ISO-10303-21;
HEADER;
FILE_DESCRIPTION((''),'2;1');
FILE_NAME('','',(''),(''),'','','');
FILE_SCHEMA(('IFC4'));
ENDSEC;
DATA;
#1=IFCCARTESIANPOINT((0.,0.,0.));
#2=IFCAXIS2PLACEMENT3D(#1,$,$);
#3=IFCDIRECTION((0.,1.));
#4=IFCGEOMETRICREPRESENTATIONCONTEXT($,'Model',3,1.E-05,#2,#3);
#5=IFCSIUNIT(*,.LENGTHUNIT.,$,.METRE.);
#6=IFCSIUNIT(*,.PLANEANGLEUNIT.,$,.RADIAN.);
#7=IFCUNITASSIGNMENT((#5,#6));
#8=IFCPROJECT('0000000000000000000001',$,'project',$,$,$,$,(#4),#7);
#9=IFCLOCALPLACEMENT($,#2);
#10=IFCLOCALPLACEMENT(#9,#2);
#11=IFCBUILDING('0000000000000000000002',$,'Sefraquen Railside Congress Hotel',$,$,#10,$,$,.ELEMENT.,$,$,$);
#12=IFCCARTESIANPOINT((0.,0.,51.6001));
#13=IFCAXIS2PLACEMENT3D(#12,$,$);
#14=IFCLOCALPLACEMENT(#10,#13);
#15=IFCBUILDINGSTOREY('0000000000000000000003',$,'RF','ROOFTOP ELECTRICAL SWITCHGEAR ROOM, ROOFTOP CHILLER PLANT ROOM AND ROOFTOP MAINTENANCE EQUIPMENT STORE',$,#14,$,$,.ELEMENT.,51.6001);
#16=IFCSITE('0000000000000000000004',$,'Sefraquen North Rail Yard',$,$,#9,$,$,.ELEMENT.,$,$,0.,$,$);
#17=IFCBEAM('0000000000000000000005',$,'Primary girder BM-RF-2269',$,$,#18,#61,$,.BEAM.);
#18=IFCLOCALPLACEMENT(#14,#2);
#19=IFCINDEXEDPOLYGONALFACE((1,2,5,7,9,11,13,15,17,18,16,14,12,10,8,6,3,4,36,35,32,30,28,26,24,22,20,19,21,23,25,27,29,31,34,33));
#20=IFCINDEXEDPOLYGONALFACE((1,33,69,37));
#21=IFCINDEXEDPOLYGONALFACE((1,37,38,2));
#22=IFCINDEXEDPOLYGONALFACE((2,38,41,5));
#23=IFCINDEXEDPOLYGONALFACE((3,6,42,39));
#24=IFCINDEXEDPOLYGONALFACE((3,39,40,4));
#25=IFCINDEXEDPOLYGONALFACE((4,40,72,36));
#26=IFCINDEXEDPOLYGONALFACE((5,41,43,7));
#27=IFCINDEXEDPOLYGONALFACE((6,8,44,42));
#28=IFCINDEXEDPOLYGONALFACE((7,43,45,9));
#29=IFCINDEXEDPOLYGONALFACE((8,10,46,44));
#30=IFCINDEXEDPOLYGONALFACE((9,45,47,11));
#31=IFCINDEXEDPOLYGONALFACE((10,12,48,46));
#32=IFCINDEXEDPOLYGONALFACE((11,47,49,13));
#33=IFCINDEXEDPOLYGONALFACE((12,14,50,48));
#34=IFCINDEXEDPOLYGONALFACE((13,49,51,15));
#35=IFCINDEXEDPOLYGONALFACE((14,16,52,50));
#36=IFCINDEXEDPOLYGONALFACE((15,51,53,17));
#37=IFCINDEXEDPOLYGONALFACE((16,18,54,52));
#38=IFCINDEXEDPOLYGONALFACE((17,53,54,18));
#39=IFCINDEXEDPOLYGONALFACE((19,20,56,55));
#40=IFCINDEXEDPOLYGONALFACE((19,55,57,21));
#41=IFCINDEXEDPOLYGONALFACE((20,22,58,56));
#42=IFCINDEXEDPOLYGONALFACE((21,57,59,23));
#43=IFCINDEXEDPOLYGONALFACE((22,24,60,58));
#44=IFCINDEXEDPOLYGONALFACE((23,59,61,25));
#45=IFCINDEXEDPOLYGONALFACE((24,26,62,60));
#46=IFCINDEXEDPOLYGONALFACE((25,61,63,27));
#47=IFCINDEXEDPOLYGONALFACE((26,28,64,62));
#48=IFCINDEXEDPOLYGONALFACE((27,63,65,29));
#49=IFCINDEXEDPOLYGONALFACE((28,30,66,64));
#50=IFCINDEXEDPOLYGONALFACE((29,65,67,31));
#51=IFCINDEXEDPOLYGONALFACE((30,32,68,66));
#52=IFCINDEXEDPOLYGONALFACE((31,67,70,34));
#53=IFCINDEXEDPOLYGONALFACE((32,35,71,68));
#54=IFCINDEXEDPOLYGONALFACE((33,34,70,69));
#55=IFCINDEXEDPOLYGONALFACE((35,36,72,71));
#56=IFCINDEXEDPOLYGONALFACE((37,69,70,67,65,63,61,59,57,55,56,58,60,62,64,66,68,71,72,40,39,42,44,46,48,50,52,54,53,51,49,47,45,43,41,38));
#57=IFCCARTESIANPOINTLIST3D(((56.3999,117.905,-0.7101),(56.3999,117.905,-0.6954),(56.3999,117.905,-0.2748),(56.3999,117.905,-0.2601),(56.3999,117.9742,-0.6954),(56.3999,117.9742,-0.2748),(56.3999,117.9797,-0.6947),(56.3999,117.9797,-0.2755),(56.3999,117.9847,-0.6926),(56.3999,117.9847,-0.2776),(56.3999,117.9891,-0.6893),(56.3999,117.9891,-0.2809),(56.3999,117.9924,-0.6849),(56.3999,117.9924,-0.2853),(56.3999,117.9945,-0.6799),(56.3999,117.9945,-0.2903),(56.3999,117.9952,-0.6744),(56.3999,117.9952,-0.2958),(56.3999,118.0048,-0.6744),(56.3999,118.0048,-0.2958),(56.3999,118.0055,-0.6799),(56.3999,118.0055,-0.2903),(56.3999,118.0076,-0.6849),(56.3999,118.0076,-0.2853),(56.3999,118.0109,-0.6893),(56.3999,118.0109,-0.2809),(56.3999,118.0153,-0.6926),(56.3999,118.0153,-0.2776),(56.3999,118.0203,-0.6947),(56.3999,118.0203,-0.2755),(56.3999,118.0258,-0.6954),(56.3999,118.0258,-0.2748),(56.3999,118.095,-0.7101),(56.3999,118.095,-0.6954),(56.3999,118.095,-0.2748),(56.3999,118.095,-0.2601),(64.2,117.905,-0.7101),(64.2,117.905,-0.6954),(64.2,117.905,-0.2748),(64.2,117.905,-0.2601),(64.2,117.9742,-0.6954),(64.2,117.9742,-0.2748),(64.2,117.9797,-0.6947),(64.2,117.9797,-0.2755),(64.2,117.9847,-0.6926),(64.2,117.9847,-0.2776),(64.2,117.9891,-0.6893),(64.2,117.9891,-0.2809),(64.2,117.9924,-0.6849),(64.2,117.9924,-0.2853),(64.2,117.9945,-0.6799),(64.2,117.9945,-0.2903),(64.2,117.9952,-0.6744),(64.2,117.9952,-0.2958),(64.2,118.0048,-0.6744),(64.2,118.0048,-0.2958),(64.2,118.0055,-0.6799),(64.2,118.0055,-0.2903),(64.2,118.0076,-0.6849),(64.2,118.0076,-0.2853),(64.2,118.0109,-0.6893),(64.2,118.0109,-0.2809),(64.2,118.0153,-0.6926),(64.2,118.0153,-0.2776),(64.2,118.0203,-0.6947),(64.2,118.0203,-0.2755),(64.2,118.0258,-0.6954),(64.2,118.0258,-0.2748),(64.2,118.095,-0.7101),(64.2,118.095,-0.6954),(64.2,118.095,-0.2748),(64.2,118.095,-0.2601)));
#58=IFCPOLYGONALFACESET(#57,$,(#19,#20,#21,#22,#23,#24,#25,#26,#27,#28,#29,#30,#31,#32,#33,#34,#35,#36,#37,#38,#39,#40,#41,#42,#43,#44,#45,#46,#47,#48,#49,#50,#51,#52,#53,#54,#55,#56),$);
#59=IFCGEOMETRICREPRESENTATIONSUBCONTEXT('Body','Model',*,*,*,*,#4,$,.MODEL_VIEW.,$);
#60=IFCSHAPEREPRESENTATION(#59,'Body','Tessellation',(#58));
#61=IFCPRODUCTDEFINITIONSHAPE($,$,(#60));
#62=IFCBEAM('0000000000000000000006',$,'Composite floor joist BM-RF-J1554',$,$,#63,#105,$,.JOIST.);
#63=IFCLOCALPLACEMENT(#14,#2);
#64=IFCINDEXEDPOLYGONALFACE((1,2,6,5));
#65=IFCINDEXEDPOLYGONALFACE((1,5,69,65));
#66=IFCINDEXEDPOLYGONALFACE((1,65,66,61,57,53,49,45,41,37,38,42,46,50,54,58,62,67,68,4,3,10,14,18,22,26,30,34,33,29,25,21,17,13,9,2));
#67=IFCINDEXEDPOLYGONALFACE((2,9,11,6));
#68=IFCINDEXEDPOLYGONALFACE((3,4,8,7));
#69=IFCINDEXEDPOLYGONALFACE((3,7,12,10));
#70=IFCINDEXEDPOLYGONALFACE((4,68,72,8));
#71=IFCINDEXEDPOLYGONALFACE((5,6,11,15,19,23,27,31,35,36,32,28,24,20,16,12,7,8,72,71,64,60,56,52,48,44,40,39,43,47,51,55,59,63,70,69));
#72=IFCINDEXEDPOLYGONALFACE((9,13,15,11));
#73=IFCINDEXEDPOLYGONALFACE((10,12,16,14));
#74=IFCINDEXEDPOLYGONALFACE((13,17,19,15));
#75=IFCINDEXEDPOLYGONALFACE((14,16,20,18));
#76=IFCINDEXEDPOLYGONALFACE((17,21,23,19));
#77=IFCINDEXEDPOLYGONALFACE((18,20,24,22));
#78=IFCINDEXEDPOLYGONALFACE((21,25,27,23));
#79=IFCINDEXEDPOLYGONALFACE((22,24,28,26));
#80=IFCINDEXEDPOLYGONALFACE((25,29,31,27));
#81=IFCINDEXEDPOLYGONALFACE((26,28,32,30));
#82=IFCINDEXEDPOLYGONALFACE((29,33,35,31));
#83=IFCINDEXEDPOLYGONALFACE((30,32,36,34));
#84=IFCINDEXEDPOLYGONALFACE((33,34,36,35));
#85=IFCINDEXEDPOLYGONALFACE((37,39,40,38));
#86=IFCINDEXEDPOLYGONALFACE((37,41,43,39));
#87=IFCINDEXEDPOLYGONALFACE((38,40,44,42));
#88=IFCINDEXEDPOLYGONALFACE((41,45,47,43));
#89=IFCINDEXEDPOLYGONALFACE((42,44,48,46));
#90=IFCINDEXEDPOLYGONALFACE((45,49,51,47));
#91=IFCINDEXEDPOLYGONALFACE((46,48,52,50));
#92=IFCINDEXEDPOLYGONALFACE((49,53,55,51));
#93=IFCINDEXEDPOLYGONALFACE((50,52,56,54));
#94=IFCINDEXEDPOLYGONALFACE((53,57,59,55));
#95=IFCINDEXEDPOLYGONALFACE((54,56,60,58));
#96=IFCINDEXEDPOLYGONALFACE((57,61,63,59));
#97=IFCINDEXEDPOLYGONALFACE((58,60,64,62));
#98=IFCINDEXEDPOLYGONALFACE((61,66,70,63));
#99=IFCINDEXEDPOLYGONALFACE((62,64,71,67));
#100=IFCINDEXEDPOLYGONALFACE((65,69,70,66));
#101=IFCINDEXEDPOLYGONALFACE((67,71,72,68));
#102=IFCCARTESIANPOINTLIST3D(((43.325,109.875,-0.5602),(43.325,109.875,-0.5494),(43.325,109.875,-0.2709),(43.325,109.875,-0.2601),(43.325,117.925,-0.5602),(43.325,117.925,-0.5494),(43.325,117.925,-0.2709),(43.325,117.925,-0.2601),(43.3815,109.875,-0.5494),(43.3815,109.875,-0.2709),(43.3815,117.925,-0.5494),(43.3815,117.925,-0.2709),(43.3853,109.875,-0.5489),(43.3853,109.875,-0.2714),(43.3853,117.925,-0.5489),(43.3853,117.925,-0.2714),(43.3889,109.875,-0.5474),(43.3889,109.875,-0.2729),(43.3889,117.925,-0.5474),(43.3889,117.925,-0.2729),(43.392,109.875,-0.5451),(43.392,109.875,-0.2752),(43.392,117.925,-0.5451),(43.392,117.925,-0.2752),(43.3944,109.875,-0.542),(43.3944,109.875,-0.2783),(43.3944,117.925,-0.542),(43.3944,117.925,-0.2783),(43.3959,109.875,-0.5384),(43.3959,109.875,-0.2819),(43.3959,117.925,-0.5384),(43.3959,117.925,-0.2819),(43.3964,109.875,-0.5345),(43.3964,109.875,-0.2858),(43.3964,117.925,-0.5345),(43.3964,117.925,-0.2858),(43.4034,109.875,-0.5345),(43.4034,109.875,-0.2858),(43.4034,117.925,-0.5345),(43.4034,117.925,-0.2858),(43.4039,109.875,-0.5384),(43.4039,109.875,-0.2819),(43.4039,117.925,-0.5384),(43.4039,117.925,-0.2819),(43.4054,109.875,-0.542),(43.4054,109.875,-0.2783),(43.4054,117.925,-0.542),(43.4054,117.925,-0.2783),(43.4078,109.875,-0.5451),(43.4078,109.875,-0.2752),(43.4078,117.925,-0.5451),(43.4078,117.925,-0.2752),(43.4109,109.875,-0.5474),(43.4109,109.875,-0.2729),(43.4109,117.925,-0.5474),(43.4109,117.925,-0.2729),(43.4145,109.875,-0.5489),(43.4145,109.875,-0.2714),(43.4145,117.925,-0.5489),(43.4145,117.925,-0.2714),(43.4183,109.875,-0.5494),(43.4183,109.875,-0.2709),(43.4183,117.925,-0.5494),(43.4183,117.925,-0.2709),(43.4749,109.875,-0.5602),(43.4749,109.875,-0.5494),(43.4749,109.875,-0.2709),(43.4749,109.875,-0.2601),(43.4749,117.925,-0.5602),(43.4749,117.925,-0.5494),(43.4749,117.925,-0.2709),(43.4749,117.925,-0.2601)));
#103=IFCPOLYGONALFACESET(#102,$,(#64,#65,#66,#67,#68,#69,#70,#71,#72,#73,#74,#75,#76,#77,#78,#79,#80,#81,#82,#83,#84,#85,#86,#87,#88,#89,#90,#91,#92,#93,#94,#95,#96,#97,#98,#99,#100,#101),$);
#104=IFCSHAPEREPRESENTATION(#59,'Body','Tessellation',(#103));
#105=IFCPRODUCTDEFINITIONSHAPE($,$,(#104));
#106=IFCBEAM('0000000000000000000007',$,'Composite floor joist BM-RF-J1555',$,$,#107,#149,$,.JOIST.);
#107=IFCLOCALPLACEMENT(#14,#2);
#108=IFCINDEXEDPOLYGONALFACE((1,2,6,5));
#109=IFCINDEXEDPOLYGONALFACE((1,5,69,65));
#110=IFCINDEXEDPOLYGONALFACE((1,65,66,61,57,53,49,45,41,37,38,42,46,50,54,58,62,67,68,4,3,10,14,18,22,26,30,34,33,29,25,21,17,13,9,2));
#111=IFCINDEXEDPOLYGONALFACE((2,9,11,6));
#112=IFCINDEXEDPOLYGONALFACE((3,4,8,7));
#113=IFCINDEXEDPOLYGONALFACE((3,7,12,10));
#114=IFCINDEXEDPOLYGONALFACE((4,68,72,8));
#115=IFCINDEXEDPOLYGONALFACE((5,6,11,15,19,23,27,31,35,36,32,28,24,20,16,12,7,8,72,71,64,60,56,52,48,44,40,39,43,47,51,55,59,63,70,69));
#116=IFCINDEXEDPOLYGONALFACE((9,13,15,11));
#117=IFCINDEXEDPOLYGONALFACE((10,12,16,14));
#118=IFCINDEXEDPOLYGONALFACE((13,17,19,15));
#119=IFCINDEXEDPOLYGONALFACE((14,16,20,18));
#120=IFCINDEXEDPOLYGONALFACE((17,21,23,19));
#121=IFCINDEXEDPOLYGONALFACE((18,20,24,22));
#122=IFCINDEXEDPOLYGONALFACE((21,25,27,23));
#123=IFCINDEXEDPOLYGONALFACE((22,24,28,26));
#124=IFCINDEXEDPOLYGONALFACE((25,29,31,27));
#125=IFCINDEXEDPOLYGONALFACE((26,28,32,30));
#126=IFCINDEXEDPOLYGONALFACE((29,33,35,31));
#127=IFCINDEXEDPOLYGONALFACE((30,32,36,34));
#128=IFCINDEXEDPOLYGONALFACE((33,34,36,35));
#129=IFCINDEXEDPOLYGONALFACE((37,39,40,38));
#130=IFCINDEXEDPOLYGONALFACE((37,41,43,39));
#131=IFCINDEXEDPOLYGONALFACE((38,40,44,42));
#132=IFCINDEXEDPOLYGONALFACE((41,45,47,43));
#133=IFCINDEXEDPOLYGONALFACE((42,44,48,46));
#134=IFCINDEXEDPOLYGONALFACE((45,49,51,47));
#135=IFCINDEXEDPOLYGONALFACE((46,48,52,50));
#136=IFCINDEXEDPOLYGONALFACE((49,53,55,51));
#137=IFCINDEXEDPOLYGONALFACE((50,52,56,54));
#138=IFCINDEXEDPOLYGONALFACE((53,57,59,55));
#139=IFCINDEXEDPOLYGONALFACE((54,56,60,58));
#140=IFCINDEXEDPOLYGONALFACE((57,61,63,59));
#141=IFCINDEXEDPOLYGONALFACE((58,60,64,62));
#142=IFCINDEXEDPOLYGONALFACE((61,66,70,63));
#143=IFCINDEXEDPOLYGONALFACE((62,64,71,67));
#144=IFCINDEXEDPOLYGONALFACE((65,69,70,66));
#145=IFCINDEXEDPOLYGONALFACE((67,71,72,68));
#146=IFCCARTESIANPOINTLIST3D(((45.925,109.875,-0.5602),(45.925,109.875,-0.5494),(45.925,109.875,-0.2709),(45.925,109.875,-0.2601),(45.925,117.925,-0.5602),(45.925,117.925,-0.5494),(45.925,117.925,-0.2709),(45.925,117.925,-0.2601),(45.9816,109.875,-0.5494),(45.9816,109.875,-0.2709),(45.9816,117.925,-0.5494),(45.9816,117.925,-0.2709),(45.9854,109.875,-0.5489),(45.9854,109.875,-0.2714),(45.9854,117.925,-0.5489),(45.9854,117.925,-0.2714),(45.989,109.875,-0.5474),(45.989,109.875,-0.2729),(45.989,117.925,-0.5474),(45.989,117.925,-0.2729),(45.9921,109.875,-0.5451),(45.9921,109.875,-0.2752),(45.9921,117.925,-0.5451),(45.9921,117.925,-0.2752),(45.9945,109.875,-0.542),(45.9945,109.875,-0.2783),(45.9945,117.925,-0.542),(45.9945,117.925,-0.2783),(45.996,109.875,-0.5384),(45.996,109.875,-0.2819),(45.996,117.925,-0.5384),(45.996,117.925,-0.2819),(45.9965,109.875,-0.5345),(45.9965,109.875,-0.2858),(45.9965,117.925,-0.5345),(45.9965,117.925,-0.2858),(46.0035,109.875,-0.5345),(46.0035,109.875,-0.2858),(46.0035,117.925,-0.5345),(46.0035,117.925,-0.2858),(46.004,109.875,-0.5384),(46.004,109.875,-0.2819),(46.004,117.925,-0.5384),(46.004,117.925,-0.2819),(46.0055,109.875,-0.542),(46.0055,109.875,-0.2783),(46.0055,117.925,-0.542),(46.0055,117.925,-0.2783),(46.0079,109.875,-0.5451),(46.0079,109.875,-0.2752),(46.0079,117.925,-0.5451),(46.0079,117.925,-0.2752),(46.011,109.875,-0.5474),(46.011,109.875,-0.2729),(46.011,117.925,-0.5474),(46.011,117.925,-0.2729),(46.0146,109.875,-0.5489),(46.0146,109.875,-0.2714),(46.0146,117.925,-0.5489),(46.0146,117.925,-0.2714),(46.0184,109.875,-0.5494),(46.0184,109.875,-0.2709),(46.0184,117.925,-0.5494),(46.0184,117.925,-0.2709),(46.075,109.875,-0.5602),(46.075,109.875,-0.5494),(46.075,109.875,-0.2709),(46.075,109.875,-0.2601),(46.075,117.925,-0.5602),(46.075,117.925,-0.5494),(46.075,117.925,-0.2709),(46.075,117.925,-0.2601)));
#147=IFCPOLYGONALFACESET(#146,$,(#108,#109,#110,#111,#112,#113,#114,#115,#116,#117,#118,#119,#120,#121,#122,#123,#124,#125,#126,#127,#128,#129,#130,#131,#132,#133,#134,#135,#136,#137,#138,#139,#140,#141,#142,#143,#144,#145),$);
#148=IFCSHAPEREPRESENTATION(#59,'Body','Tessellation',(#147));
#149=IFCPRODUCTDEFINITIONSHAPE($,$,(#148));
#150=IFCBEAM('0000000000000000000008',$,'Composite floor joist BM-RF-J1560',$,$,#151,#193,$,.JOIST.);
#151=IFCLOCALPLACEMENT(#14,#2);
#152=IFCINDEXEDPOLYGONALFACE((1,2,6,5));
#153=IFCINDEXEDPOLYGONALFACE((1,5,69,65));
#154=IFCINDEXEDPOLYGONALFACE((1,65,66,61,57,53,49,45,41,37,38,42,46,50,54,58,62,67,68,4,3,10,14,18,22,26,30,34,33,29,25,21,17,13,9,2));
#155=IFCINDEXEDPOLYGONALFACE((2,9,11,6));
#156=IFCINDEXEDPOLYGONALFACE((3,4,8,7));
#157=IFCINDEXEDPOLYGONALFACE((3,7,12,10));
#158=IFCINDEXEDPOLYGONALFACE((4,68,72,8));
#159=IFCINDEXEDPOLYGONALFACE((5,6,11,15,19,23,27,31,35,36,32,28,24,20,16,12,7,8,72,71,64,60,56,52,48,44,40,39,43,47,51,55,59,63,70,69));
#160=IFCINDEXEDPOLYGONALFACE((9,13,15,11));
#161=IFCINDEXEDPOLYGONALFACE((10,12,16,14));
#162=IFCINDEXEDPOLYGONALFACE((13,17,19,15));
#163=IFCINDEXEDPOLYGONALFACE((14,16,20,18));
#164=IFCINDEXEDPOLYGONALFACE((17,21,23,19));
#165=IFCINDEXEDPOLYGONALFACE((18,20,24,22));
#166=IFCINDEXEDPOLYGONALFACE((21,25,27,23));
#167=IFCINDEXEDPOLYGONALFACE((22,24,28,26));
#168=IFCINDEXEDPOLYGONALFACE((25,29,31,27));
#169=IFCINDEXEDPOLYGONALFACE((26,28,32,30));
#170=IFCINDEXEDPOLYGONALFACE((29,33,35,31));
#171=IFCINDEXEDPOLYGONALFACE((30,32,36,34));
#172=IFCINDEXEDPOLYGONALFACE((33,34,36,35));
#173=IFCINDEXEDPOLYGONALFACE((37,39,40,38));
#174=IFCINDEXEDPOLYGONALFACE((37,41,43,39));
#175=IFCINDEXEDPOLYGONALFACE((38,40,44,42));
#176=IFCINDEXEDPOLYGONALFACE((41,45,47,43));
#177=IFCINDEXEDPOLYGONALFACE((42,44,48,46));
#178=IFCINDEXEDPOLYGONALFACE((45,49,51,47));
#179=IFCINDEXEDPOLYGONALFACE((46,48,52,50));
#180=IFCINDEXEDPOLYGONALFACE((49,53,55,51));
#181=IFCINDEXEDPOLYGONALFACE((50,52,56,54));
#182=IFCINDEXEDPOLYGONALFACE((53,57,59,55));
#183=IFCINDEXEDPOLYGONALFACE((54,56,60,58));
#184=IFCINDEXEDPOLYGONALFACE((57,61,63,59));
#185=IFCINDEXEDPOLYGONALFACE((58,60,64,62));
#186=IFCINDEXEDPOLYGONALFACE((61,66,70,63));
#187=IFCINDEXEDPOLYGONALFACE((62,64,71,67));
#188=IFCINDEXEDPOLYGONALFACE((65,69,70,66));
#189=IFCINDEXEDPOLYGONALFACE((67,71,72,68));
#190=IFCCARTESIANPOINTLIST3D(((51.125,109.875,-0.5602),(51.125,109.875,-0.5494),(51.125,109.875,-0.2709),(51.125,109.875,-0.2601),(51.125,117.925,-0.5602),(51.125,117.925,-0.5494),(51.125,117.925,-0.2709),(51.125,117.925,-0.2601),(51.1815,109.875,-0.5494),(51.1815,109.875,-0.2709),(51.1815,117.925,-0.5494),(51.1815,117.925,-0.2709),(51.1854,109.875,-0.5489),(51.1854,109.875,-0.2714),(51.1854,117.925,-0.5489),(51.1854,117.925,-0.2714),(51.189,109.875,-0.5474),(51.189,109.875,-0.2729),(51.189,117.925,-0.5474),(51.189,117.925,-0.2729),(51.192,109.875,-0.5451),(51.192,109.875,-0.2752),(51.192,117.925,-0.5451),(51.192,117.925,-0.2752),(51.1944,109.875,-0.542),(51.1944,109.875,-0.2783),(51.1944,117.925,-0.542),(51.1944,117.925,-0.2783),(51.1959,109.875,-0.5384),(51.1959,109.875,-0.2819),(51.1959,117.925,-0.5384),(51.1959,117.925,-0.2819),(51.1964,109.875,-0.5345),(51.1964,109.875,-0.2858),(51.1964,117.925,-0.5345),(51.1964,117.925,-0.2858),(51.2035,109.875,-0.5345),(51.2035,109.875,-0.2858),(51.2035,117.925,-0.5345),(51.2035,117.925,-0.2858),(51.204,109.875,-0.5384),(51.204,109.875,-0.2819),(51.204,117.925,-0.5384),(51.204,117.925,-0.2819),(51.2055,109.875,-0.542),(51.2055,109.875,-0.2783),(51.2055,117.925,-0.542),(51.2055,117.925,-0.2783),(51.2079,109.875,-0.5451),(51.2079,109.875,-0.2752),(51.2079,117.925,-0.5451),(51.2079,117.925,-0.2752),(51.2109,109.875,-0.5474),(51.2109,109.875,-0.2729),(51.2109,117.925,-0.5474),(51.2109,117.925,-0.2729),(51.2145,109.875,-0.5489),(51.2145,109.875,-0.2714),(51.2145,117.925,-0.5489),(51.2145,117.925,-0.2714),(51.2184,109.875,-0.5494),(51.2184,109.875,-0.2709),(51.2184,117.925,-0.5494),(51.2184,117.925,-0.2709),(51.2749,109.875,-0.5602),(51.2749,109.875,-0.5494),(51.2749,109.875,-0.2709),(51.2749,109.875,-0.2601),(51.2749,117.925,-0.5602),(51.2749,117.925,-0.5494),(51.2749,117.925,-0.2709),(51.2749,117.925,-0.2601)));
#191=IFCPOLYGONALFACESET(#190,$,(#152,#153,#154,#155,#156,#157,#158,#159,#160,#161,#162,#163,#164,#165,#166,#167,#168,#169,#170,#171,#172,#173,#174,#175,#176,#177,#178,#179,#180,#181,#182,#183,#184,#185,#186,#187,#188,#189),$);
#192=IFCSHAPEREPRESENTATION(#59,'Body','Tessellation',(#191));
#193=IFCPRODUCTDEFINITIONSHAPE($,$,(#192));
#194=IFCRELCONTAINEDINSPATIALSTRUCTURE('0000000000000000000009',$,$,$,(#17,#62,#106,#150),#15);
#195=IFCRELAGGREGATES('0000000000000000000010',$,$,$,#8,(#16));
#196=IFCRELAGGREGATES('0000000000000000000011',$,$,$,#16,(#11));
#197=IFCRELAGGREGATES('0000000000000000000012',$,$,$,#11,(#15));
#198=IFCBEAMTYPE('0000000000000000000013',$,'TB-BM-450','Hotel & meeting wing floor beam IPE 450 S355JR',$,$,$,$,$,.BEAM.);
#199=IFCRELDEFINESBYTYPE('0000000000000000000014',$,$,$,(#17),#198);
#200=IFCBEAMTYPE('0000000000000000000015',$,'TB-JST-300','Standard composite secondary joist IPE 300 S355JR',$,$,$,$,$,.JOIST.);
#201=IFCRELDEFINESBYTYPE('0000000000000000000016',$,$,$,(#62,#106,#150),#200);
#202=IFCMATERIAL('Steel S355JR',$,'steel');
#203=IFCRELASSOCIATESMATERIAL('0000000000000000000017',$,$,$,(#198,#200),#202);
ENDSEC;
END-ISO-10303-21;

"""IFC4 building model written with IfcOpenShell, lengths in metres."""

from ifc_helpers import new_model, si_unit, direction, frame, origin, origin_2d, place, context, subcontext, project, spatial, i_section, extrude, material, material_profile, profile_set, type_object, element, save


model = new_model("IFC4")

# Units and contexts
model_context = context("Model", 3, precision=1e-05, world=origin(), true_north=direction((0.0, 1.0)))
body_context = subcontext(model_context, "Body", "Model", "MODEL_VIEW")
ifc_project = project(units=[si_unit("LENGTHUNIT", "METRE"), si_unit("PLANEANGLEUNIT", "RADIAN")], contexts=[model_context])

# Site, building, storey
site_placement = place(None, origin())
site = spatial("IfcSite", under=ifc_project, at=site_placement, Name="Sefraquen North Rail Yard", CompositionType="ELEMENT", RefElevation=0.0)
building_placement = place(site_placement, origin())
building = spatial("IfcBuilding", under=site, at=building_placement, Name="Sefraquen Railside Congress Hotel", CompositionType="ELEMENT")
storey_placement = place(building_placement, frame((0.0, 0.0, 51.6001)))
storey = spatial("IfcBuildingStorey", under=building, at=storey_placement, Name="RF", Description="ROOFTOP ELECTRICAL SWITCHGEAR ROOM, ROOFTOP CHILLER PLANT ROOM AND ROOFTOP MAINTENANCE EQUIPMENT STORE", CompositionType="ELEMENT", Elevation=51.6001)

# Beams
ifc_material_1 = material(Name="Steel S355JR", Category="steel")
ifc_material_profile_1 = material_profile(ifc_material_1, i_section(OverallWidth=0.1899, OverallDepth=0.45, WebThickness=0.0095, FlangeThickness=0.0146, FilletRadius=0.021, at=origin_2d()), Name="IPE 450")
ifc_profile_set_1 = profile_set([ifc_material_profile_1], Name="Steel S355JR")
beam_type_1 = type_object("IfcBeamType", Name="TB-BM-450", Description="Hotel & meeting wing floor beam IPE 450 S355JR", PredefinedType="BEAM", material=ifc_profile_set_1)
beam_1_placement = place(storey_placement, frame((56.3999, 118.0, -0.4851), z_axis=(1.0, 0.0, 0.0), x_axis=(0.0, 1.0, 0.0)))
element("IfcBeam", 1, at=beam_1_placement, inside=storey, type_object=beam_type_1, Name="Primary girder BM-RF-2269", PredefinedType="BEAM", context=body_context, shape_type="SweptSolid", body=[
    extrude(i_section(OverallWidth=0.1899, OverallDepth=0.45, WebThickness=0.0095, FlangeThickness=0.0146, FilletRadius=0.021, at=origin_2d()), origin(), (0.0, 0.0, 1.0), 7.8),
])
ifc_material_profile_2 = material_profile(ifc_material_1, i_section(OverallWidth=0.1499, OverallDepth=0.3, WebThickness=0.0071, FlangeThickness=0.0107, FilletRadius=0.0149, at=origin_2d()), Name="IPE 300")
ifc_profile_set_2 = profile_set([ifc_material_profile_2], Name="Steel S355JR")
beam_type_2 = type_object("IfcBeamType", Name="TB-JST-300", Description="Standard composite secondary joist IPE 300 S355JR", PredefinedType="JOIST", material=ifc_profile_set_2)
for number, where, z_axis, x_axis, name in (
    (2, (43.3999, 109.875, -0.4102), (0.0, 1.0, 0.0), (-1.0, 0.0, 0.0), "Composite floor joist BM-RF-J1554"),
    (3, (46.0, 109.875, -0.4102), (0.0, 1.0, 0.0), (-1.0, 0.0, 0.0), "Composite floor joist BM-RF-J1555"),
    (4, (51.2, 109.875, -0.4102), (0.0, 1.0, 0.0), (-1.0, 0.0, 0.0), "Composite floor joist BM-RF-J1560"),
):
    element("IfcBeam", number, at=place(storey_placement, frame(where, z_axis=z_axis, x_axis=x_axis)), inside=storey, type_object=beam_type_2, Name=name, PredefinedType="JOIST", context=body_context, shape_type="SweptSolid", body=[
        extrude(i_section(OverallWidth=0.1499, OverallDepth=0.3, WebThickness=0.0071, FlangeThickness=0.0107, FilletRadius=0.0149, at=origin_2d()), origin(), (0.0, 0.0, 1.0), 8.05),
    ])

save(model, "model.ifc")
